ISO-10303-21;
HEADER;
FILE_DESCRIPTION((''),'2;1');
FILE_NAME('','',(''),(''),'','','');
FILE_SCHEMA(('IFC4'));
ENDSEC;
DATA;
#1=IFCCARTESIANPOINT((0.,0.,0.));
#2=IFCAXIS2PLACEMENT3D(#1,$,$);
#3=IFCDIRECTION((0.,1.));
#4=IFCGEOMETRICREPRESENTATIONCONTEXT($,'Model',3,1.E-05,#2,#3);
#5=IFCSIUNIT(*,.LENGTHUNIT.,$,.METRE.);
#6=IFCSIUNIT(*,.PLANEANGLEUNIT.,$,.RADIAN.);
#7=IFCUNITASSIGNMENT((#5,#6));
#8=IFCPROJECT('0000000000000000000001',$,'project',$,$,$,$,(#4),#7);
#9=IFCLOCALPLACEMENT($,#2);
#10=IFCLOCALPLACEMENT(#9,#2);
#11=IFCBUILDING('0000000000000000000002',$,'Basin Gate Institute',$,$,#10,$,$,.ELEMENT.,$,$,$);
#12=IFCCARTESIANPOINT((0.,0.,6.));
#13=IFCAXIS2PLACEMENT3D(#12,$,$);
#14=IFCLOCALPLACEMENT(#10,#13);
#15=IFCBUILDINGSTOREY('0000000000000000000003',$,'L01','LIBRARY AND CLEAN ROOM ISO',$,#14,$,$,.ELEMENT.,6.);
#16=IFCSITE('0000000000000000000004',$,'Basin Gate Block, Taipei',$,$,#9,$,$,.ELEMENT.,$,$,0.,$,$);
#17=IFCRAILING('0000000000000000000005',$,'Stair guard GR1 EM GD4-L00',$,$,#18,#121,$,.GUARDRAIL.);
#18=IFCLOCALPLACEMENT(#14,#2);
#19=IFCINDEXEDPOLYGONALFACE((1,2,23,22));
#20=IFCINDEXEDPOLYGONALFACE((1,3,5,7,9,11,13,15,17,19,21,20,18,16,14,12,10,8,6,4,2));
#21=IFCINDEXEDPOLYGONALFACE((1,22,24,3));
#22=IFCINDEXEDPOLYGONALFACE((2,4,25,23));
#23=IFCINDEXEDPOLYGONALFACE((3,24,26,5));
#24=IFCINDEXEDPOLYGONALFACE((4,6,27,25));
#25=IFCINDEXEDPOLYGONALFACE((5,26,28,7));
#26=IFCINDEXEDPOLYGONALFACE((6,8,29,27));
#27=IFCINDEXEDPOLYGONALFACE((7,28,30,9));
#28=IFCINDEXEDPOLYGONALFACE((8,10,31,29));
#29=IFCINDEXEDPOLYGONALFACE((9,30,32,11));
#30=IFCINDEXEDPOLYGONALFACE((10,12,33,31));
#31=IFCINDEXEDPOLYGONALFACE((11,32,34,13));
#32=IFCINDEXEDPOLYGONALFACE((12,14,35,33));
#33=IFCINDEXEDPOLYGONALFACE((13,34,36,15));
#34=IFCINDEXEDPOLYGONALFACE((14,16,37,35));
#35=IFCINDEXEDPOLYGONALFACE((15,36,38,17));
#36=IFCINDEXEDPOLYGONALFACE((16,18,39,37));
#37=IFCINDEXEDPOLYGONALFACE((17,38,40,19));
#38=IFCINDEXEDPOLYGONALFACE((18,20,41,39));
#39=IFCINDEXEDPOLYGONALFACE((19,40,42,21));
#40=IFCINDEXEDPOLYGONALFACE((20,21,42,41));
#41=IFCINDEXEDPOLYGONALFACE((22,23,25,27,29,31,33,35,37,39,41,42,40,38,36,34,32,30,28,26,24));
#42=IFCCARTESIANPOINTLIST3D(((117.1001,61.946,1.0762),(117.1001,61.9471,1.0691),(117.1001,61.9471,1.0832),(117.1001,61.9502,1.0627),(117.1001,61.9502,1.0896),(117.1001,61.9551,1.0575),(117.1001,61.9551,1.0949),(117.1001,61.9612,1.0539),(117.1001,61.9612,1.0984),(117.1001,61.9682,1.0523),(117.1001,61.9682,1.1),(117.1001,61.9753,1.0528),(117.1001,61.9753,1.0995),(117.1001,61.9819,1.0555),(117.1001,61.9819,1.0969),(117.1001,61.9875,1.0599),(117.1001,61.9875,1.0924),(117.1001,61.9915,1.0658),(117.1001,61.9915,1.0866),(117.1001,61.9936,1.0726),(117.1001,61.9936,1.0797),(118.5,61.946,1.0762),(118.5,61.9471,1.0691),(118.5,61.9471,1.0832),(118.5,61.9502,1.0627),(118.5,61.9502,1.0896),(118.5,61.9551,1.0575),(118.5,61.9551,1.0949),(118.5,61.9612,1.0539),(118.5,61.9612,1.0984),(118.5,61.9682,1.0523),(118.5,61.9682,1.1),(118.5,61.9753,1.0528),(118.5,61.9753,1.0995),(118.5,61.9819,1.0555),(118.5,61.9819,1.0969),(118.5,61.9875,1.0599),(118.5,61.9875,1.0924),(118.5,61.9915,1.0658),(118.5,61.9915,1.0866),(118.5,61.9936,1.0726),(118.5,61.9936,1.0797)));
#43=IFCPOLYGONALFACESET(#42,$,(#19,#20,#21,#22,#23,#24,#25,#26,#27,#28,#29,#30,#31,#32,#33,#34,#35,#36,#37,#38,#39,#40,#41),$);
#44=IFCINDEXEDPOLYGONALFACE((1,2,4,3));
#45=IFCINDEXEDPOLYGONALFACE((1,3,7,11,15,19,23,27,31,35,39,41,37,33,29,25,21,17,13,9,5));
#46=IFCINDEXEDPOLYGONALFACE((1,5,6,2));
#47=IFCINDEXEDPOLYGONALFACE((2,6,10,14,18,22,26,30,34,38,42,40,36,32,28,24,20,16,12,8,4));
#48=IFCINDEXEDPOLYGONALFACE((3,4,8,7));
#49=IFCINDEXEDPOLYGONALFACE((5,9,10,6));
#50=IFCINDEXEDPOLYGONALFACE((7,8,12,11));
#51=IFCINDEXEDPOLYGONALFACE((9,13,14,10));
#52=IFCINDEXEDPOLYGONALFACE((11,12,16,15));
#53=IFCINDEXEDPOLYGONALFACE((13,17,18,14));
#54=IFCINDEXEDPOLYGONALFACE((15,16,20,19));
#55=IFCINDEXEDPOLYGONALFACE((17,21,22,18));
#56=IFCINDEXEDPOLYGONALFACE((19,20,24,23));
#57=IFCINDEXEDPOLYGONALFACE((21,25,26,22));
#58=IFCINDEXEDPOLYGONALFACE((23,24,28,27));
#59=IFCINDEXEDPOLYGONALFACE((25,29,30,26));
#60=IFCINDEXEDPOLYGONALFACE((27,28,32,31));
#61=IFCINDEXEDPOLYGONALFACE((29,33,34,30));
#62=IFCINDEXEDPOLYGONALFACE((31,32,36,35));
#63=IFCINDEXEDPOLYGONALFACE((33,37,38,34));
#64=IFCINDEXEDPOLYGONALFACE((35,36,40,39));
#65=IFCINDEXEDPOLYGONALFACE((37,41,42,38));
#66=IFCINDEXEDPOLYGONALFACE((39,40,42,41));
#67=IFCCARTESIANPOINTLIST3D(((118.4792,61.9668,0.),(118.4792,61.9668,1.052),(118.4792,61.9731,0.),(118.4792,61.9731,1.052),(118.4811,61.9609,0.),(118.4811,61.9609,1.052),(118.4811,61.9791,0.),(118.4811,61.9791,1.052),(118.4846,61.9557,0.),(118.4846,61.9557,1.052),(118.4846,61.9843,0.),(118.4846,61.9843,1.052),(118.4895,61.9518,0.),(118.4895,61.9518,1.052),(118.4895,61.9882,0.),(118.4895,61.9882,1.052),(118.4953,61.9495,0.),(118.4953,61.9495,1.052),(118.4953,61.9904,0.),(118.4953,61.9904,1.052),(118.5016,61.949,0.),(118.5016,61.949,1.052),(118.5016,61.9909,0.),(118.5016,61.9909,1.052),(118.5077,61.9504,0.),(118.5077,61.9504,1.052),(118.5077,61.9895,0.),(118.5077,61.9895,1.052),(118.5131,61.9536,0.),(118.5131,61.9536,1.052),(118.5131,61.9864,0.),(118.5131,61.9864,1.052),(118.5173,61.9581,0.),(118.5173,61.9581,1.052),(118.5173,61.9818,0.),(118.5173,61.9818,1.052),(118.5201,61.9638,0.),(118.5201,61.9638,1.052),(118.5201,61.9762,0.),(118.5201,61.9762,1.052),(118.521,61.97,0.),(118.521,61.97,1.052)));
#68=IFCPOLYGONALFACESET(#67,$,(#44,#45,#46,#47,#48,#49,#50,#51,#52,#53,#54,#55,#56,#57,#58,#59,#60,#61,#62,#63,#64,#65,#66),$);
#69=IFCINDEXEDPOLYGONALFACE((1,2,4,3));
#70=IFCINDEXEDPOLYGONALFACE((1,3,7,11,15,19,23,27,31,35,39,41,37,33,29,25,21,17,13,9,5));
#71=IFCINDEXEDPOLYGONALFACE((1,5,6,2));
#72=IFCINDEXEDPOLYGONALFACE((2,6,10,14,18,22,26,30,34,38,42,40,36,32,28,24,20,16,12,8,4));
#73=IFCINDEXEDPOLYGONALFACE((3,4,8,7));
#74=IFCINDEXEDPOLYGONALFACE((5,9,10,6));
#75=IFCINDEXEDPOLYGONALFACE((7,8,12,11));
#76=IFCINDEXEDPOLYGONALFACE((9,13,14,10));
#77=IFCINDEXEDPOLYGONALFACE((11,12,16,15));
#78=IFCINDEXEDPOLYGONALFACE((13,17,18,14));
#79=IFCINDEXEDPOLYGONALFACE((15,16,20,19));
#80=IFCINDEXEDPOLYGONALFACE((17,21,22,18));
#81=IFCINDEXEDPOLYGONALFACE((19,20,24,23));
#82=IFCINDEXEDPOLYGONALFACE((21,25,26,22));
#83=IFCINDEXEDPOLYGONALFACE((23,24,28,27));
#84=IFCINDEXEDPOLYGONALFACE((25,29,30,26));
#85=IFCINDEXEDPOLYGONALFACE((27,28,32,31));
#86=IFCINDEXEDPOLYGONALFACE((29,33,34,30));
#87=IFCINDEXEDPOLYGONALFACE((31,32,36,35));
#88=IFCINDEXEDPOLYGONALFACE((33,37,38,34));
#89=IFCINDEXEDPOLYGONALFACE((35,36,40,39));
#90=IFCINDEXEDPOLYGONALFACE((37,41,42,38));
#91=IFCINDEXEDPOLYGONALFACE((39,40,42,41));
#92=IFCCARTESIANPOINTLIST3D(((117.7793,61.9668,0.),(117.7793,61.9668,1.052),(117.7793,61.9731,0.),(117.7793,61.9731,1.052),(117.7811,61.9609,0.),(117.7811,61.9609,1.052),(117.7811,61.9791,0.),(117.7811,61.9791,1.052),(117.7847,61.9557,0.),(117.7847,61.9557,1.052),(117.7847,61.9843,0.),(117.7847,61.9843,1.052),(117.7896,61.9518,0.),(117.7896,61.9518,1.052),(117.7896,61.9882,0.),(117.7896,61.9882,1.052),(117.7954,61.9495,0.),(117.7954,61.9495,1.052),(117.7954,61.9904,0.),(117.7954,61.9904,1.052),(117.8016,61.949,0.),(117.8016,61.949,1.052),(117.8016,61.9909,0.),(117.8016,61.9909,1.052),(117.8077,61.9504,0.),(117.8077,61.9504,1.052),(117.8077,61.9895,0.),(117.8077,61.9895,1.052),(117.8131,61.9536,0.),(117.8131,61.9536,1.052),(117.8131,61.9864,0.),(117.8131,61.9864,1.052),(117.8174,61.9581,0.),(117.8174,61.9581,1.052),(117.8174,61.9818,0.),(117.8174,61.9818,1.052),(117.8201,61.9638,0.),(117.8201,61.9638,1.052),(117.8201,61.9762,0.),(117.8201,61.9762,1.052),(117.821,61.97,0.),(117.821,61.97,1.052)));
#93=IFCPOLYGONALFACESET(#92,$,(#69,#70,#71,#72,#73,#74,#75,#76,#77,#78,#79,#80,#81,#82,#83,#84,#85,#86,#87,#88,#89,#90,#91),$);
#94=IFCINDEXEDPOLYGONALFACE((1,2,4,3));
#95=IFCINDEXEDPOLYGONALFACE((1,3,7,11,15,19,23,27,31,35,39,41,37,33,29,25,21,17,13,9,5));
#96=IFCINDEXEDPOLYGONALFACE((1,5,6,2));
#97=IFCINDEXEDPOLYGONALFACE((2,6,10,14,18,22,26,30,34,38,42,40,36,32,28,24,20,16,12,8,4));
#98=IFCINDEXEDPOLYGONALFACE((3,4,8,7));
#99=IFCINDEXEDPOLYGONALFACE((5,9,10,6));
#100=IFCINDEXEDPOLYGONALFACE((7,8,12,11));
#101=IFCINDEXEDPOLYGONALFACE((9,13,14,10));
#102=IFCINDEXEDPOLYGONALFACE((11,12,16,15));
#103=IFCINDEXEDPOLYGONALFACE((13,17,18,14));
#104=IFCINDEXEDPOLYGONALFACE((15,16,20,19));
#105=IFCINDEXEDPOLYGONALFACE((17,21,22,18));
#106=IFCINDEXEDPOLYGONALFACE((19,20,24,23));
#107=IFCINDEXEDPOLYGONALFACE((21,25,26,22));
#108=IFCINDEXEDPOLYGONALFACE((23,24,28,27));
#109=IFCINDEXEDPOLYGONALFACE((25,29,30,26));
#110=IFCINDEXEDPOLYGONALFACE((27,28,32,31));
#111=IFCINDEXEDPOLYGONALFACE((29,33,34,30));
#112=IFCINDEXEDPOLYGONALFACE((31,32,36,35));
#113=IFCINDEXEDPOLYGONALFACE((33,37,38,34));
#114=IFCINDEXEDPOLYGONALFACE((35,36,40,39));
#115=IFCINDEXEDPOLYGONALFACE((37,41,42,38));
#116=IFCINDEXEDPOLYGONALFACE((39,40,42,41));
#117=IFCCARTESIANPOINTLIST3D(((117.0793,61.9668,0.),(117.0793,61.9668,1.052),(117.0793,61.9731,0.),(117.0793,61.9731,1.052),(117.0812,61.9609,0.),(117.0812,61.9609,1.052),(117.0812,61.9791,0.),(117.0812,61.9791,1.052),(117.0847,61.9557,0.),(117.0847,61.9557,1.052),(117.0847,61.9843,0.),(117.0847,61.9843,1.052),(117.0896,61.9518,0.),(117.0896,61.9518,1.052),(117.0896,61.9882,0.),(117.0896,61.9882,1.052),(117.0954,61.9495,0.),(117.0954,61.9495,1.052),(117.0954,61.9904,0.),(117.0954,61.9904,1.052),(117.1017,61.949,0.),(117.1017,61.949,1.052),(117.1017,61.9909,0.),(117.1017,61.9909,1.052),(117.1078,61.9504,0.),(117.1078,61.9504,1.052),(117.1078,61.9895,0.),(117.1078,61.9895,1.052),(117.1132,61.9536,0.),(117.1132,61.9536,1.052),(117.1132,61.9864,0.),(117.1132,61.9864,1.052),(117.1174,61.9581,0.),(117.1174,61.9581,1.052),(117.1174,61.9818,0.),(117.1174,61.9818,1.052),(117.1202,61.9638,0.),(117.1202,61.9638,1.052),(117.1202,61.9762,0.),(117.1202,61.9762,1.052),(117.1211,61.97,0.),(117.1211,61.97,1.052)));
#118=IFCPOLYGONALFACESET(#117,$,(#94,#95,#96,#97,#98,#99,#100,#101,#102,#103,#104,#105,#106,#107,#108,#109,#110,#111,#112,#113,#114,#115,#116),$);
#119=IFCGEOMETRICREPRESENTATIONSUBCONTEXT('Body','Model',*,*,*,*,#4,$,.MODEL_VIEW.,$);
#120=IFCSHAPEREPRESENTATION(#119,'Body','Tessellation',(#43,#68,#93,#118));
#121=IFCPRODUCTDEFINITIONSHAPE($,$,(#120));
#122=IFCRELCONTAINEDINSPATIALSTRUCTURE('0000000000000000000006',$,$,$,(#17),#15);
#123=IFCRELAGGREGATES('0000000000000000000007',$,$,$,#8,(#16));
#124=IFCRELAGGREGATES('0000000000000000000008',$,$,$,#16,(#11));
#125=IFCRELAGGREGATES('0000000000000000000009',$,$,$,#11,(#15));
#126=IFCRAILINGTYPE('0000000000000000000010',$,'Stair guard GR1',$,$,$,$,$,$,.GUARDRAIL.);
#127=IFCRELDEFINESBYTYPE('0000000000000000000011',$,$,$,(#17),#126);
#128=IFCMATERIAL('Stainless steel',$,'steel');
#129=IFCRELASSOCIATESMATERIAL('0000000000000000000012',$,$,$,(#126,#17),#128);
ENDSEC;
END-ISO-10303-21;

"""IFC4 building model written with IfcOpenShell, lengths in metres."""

from ifc_helpers import new_model, si_unit, direction, frame, origin, origin_2d, place, context, subcontext, project, spatial, circle, extrude, material, type_object, element, save


model = new_model("IFC4")

# Units and contexts
model_context = context("Model", 3, precision=1e-05, world=origin(), true_north=direction((0.0, 1.0)))
body_context = subcontext(model_context, "Body", "Model", "MODEL_VIEW")
ifc_project = project(units=[si_unit("LENGTHUNIT", "METRE"), si_unit("PLANEANGLEUNIT", "RADIAN")], contexts=[model_context])

# Site, building, storey
site_placement = place(None, origin())
site = spatial("IfcSite", under=ifc_project, at=site_placement, Name="Basin Gate Block, Taipei", CompositionType="ELEMENT", RefElevation=0.0)
building_placement = place(site_placement, origin())
building = spatial("IfcBuilding", under=site, at=building_placement, Name="Basin Gate Institute", CompositionType="ELEMENT")
storey_placement = place(building_placement, frame((0.0, 0.0, 6.0)))
storey = spatial("IfcBuildingStorey", under=building, at=storey_placement, Name="L01", Description="LIBRARY AND CLEAN ROOM ISO", CompositionType="ELEMENT", Elevation=6.0)

# Railing
ifc_material_1 = material(Name="Stainless steel", Category="steel")
railing_type_1 = type_object("IfcRailingType", Name="Stair guard GR1", PredefinedType="GUARDRAIL", material=ifc_material_1)
railing_1_placement = place(storey_placement, frame((118.5, 61.97, 0.0)))
element("IfcRailing", 1, at=railing_1_placement, inside=storey, type_object=railing_type_1, material=ifc_material_1, Name="Stair guard GR1 EM GD4-L00", PredefinedType="GUARDRAIL", context=body_context, shape_type="SweptSolid", body=[
    extrude(circle(Radius=0.0239, at=origin_2d()), frame((0.0, 0.0, 1.0762), z_axis=(-1.0, 0.0, 0.0), x_axis=(0.0, -1.0, 0.0)), (0.0, 0.0, 1.0), 1.3999),
    extrude(circle(Radius=0.021, at=origin_2d()), origin(), (0.0, 0.0, 1.0), 1.052),
    extrude(circle(Radius=0.021, at=origin_2d()), frame((-0.7, 0.0, 0.0)), (0.0, 0.0, 1.0), 1.052),
    extrude(circle(Radius=0.021, at=origin_2d()), frame((-1.3999, 0.0, 0.0)), (0.0, 0.0, 1.0), 1.052),
])

save(model, "model.ifc")
